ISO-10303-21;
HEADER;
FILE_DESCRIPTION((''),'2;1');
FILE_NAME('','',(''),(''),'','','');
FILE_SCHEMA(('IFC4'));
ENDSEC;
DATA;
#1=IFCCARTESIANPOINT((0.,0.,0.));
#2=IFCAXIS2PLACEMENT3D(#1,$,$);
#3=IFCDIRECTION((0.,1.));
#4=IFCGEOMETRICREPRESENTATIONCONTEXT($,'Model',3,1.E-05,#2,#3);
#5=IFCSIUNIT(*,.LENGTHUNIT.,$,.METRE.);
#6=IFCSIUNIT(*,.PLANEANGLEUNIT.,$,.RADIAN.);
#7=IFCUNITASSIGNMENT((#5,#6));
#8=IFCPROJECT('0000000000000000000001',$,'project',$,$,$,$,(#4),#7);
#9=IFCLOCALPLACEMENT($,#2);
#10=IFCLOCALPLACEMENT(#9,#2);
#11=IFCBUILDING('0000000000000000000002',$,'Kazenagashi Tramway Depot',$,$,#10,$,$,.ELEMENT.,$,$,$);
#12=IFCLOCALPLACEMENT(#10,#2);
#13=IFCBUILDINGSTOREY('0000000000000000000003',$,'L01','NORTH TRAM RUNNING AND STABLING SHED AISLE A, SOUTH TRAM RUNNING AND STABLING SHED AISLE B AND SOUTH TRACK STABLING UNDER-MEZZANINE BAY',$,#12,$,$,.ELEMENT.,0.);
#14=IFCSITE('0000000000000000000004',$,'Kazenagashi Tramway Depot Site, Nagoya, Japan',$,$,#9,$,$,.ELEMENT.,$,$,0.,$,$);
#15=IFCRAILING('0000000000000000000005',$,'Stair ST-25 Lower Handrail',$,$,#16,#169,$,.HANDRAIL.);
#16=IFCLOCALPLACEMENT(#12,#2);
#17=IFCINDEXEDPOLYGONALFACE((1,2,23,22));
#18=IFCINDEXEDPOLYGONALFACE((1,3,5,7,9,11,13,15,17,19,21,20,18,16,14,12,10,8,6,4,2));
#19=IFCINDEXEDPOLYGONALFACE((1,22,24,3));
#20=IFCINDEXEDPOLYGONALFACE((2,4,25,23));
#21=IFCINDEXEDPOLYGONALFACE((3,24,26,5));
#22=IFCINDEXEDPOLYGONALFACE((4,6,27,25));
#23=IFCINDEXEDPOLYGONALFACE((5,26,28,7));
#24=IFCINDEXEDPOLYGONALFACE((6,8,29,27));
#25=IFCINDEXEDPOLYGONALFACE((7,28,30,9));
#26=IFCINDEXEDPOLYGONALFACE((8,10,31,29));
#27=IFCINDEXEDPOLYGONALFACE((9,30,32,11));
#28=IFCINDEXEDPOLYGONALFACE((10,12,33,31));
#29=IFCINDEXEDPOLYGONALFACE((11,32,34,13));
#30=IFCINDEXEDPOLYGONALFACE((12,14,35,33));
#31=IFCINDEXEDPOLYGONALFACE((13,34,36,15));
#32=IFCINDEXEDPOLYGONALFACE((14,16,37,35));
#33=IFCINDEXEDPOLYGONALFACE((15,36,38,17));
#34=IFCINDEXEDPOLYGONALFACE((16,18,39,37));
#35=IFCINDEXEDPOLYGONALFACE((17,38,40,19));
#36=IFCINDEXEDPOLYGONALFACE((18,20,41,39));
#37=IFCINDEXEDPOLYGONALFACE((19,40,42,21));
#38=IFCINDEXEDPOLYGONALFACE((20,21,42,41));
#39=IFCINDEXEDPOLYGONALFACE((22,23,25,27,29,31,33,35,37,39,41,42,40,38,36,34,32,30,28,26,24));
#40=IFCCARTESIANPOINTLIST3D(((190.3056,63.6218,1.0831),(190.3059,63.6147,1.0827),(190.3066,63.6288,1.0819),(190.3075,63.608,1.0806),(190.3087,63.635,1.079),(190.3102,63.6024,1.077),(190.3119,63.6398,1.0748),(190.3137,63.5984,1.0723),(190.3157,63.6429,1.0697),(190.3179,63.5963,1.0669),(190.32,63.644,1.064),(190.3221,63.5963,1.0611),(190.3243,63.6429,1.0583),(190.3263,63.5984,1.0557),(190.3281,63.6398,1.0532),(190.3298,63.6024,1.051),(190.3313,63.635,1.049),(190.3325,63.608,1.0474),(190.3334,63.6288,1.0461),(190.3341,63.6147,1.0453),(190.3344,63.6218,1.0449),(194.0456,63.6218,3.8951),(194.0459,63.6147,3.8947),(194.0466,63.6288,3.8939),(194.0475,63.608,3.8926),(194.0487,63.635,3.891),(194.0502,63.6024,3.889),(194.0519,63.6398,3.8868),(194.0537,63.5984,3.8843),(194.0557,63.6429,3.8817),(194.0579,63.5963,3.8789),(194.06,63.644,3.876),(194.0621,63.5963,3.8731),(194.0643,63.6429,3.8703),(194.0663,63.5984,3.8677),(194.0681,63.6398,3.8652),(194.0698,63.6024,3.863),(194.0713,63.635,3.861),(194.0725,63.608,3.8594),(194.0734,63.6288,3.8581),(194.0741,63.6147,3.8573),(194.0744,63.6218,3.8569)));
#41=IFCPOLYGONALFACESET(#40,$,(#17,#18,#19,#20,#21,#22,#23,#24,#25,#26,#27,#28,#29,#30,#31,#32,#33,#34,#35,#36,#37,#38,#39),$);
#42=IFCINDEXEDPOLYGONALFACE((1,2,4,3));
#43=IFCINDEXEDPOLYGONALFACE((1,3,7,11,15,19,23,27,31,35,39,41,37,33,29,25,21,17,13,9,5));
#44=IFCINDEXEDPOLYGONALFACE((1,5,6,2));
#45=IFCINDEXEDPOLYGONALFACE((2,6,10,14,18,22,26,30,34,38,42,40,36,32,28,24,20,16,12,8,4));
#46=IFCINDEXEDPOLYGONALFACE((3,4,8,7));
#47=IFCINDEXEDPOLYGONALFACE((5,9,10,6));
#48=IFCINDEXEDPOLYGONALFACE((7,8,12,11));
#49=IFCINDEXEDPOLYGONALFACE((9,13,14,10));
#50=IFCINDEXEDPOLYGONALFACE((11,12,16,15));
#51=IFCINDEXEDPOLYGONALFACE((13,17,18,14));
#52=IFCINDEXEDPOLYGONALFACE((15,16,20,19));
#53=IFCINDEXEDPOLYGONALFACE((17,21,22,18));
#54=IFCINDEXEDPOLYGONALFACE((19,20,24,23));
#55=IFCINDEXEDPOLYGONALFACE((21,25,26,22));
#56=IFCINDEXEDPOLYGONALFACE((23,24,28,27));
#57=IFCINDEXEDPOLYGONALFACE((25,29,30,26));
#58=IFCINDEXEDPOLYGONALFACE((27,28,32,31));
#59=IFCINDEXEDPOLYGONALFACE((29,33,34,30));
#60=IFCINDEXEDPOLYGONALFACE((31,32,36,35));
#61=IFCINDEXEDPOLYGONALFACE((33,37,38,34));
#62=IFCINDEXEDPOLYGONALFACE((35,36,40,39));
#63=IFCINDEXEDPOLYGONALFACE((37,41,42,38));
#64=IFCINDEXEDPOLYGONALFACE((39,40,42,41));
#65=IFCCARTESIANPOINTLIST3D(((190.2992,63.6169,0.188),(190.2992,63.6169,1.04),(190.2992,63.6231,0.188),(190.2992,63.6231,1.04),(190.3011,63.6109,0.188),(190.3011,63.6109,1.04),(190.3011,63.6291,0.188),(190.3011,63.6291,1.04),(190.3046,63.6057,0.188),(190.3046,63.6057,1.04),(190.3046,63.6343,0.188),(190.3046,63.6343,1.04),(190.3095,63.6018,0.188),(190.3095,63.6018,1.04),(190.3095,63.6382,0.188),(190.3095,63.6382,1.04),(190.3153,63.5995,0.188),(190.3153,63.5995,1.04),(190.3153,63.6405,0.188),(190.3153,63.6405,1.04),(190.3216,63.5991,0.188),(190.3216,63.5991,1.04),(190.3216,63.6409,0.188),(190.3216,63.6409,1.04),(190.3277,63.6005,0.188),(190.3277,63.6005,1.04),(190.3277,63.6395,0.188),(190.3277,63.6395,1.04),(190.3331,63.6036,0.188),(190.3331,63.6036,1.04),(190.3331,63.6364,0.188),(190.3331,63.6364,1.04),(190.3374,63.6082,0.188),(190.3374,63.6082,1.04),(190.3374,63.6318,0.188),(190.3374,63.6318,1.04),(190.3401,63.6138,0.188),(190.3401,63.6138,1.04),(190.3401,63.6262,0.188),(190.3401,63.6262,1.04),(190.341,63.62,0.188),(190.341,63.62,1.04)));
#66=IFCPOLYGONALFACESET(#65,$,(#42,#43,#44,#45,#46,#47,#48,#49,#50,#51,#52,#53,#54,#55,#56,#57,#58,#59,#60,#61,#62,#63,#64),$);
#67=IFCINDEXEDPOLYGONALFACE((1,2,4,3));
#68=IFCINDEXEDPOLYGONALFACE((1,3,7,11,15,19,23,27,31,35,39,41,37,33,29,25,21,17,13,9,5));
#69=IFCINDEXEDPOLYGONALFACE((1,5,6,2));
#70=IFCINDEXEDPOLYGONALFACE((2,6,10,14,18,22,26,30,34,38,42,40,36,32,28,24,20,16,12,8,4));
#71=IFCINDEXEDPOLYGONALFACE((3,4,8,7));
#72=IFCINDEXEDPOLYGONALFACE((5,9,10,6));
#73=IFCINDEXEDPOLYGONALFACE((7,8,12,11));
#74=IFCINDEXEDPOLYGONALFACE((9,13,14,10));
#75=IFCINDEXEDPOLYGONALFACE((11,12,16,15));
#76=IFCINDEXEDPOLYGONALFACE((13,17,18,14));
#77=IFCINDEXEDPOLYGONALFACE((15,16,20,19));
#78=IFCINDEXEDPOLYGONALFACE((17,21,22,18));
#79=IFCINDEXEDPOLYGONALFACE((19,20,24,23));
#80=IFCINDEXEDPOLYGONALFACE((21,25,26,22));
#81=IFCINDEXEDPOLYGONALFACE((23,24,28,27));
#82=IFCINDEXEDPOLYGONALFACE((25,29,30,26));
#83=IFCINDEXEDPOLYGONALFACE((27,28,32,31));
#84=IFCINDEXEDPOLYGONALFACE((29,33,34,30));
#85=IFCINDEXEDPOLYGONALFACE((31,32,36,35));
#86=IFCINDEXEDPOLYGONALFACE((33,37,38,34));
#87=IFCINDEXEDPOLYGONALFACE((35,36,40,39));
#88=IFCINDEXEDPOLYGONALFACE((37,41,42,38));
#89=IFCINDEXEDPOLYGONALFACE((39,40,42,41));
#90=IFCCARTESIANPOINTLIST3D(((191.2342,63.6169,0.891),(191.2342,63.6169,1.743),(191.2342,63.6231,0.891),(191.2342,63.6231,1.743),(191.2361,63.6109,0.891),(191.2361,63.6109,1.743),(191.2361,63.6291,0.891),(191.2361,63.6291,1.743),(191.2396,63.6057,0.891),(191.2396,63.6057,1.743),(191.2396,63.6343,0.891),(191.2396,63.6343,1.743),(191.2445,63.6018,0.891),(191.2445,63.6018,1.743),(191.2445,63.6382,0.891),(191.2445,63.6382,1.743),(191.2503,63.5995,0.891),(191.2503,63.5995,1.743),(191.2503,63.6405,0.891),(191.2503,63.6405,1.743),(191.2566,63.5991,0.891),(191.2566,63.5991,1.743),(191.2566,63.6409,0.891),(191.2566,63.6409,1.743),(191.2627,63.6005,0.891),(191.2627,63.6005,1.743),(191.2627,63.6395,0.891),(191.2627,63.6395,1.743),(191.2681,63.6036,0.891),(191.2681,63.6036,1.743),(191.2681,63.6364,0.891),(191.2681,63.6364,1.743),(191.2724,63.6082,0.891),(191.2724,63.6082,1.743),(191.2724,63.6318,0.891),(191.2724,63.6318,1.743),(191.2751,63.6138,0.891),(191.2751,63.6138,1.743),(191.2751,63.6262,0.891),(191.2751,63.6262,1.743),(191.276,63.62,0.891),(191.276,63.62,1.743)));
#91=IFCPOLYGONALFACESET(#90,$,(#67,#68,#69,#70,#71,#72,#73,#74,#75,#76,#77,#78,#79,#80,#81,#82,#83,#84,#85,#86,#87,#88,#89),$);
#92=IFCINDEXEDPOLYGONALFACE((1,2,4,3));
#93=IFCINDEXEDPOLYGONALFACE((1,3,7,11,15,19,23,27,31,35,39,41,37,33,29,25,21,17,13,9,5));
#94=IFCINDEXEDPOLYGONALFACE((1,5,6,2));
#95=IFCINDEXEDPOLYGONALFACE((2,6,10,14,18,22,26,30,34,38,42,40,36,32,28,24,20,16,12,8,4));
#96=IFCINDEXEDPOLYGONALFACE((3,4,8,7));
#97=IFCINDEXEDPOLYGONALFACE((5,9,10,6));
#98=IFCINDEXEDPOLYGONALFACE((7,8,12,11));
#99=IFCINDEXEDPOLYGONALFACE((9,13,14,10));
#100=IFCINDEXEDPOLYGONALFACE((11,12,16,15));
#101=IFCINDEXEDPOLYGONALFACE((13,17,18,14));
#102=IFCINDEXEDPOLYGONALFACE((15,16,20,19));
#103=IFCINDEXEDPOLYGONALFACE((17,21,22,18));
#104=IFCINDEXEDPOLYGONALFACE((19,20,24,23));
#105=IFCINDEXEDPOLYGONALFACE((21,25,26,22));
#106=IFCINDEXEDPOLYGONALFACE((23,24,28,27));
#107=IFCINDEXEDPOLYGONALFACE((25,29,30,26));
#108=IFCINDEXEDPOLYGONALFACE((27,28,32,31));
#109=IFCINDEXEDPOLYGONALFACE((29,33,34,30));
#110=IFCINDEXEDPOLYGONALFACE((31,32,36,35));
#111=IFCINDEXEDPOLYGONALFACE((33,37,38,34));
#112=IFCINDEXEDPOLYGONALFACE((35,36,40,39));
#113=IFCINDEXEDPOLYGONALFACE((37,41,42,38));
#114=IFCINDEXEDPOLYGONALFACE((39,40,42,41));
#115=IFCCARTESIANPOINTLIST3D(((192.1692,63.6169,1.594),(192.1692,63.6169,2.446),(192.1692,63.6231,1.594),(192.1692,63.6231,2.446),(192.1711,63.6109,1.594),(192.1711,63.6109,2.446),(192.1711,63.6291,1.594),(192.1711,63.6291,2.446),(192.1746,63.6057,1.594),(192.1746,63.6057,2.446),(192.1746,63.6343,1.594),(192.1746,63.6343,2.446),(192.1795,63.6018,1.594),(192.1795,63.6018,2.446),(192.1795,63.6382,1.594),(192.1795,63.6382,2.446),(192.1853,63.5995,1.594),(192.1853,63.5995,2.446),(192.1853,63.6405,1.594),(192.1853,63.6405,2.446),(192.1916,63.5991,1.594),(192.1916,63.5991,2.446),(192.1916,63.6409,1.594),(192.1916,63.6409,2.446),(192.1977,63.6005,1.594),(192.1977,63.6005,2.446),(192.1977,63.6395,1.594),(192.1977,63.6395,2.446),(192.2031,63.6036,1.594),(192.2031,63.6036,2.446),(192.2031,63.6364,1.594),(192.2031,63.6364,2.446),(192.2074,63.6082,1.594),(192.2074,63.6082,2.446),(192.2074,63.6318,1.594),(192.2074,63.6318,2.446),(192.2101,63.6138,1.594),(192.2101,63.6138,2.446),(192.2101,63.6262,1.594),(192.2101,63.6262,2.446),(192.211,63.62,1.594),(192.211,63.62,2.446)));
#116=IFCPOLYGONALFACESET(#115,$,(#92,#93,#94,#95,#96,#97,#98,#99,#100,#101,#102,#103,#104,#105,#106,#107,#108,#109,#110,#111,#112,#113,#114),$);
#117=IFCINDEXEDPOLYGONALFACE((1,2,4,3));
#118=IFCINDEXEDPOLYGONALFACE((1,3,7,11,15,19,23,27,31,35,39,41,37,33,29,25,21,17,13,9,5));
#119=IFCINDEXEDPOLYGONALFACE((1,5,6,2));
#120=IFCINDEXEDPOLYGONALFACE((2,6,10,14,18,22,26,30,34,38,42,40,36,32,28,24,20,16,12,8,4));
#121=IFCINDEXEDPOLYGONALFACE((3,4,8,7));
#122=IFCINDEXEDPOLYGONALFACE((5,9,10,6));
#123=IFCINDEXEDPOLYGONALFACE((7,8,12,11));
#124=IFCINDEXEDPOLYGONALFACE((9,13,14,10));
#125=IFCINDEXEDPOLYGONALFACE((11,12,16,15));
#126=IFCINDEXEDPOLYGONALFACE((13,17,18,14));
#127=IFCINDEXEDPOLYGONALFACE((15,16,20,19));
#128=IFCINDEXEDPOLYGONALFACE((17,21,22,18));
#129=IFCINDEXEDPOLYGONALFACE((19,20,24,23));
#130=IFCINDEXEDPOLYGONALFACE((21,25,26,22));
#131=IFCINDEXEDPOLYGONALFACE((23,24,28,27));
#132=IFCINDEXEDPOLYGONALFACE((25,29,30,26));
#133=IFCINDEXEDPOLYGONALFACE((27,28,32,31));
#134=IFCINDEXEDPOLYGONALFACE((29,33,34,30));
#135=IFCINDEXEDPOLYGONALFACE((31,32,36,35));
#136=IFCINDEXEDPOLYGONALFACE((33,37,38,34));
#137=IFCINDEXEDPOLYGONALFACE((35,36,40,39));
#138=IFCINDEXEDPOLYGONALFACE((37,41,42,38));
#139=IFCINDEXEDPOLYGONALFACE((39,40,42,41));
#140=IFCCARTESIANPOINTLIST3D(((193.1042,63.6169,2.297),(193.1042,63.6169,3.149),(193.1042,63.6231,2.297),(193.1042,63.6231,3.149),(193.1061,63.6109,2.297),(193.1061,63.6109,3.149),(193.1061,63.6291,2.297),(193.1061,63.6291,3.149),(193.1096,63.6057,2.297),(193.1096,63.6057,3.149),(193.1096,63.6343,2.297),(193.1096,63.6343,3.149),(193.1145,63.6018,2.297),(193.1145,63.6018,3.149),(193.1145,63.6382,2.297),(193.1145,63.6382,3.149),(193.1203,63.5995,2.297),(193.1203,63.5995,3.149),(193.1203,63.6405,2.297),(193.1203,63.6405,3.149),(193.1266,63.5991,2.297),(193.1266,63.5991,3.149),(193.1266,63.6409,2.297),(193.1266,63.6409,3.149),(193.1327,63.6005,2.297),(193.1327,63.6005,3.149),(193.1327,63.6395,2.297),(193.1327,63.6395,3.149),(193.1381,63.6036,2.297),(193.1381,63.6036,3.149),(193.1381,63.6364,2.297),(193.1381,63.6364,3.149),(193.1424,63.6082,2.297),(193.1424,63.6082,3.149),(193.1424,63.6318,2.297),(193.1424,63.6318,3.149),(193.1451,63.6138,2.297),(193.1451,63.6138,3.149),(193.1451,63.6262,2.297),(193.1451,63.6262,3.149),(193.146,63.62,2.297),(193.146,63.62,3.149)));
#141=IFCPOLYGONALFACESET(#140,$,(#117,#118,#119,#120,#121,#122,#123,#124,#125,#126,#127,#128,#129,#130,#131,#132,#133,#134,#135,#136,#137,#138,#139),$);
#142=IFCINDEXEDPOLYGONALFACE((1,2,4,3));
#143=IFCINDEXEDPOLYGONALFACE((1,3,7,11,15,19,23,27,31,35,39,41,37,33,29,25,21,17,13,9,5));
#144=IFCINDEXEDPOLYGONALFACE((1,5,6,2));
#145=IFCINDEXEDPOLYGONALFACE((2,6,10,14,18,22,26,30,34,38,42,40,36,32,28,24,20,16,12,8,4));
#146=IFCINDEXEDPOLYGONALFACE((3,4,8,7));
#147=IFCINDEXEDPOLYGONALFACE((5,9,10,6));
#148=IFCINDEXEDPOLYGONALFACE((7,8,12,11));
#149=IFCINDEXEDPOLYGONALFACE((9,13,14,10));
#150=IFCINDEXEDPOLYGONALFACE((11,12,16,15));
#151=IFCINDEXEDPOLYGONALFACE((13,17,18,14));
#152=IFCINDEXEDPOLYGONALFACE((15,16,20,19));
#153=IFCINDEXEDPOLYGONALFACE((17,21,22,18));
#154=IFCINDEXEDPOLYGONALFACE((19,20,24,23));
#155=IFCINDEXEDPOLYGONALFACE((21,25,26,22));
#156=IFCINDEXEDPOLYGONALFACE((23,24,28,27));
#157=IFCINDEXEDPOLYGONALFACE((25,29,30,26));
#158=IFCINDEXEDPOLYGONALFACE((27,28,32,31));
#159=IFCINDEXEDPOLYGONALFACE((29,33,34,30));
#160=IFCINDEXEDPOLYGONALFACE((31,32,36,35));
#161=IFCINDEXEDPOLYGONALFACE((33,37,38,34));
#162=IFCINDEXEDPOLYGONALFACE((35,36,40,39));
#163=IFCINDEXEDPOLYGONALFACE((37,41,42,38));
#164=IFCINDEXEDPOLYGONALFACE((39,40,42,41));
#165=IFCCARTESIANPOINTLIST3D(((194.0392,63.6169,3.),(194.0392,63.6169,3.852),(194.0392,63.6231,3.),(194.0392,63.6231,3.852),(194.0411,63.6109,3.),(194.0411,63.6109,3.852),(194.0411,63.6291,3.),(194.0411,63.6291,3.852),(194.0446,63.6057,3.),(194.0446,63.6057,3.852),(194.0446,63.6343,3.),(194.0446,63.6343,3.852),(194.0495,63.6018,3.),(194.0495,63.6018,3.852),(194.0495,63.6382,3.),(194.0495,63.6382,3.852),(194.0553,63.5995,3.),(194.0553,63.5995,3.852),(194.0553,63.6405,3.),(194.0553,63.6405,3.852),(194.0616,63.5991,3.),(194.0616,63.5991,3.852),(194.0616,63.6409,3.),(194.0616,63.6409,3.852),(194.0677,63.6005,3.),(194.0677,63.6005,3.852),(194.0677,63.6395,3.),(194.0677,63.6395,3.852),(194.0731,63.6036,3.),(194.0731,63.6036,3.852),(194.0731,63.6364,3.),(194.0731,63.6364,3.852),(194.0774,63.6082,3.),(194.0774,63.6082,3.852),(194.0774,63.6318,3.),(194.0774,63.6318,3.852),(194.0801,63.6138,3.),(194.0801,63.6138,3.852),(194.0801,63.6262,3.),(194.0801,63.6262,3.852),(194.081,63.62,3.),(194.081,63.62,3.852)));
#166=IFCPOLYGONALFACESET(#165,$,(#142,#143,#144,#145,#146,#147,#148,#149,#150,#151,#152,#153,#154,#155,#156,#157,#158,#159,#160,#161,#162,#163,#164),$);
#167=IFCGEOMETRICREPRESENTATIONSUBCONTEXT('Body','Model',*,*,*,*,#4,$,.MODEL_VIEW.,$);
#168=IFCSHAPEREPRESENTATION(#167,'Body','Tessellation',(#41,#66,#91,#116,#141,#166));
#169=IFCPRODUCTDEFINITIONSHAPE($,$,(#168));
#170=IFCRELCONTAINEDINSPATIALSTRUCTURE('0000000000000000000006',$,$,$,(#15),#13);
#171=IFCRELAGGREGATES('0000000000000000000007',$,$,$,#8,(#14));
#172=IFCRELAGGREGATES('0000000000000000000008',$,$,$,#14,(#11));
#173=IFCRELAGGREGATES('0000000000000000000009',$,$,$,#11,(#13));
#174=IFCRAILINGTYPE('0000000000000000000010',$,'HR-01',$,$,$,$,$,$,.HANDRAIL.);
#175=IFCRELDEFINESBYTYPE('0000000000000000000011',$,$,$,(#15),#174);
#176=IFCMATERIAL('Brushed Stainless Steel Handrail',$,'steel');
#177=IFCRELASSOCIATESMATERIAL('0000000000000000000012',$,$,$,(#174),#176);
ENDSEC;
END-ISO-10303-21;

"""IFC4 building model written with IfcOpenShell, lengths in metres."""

from ifc_helpers import new_model, si_unit, direction, frame, origin, origin_2d, place, context, subcontext, project, spatial, circle, extrude, material, type_object, element, save


model = new_model("IFC4")

# Units and contexts
model_context = context("Model", 3, precision=1e-05, world=origin(), true_north=direction((0.0, 1.0)))
body_context = subcontext(model_context, "Body", "Model", "MODEL_VIEW")
ifc_project = project(units=[si_unit("LENGTHUNIT", "METRE"), si_unit("PLANEANGLEUNIT", "RADIAN")], contexts=[model_context])

# Site, building, storey
site_placement = place(None, origin())
site = spatial("IfcSite", under=ifc_project, at=site_placement, Name="Kazenagashi Tramway Depot Site, Nagoya, Japan", CompositionType="ELEMENT", RefElevation=0.0)
building_placement = place(site_placement, origin())
building = spatial("IfcBuilding", under=site, at=building_placement, Name="Kazenagashi Tramway Depot", CompositionType="ELEMENT")
storey_placement = place(building_placement, origin())
storey = spatial("IfcBuildingStorey", under=building, at=storey_placement, Name="L01", Description="NORTH TRAM RUNNING AND STABLING SHED AISLE A, SOUTH TRAM RUNNING AND STABLING SHED AISLE B AND SOUTH TRACK STABLING UNDER-MEZZANINE BAY", CompositionType="ELEMENT", Elevation=0.0)

# Railing
ifc_material_1 = material(Name="Brushed Stainless Steel Handrail", Category="steel")
railing_type = type_object("IfcRailingType", Name="HR-01", PredefinedType="HANDRAIL", material=ifc_material_1)
railing_1_placement = place(storey_placement, frame((190.32, 63.62, 0.188)))
element("IfcRailing", 1, at=railing_1_placement, inside=storey, type_object=railing_type, Name="Stair ST-25 Lower Handrail", PredefinedType="HANDRAIL", context=body_context, shape_type="SweptSolid", body=[
    extrude(circle(Radius=0.024, at=origin_2d()), frame((0.0, 0.0, 0.876), z_axis=(0.799281, 0.0, 0.600957), x_axis=(0.0, 1.0, 0.0)), (0.0, 0.0, 1.0), 4.6792),
    extrude(circle(Radius=0.021, at=origin_2d()), origin(), (0.0, 0.0, 1.0), 0.852),
    extrude(circle(Radius=0.021, at=origin_2d()), frame((0.935, 0.0, 0.703)), (0.0, 0.0, 1.0), 0.852),
    extrude(circle(Radius=0.021, at=origin_2d()), frame((1.87, 0.0, 1.406)), (0.0, 0.0, 1.0), 0.852),
    extrude(circle(Radius=0.021, at=origin_2d()), frame((2.805, 0.0, 2.109)), (0.0, 0.0, 1.0), 0.852),
    extrude(circle(Radius=0.021, at=origin_2d()), frame((3.74, 0.0, 2.812)), (0.0, 0.0, 1.0), 0.852),
])

save(model, "model.ifc")
